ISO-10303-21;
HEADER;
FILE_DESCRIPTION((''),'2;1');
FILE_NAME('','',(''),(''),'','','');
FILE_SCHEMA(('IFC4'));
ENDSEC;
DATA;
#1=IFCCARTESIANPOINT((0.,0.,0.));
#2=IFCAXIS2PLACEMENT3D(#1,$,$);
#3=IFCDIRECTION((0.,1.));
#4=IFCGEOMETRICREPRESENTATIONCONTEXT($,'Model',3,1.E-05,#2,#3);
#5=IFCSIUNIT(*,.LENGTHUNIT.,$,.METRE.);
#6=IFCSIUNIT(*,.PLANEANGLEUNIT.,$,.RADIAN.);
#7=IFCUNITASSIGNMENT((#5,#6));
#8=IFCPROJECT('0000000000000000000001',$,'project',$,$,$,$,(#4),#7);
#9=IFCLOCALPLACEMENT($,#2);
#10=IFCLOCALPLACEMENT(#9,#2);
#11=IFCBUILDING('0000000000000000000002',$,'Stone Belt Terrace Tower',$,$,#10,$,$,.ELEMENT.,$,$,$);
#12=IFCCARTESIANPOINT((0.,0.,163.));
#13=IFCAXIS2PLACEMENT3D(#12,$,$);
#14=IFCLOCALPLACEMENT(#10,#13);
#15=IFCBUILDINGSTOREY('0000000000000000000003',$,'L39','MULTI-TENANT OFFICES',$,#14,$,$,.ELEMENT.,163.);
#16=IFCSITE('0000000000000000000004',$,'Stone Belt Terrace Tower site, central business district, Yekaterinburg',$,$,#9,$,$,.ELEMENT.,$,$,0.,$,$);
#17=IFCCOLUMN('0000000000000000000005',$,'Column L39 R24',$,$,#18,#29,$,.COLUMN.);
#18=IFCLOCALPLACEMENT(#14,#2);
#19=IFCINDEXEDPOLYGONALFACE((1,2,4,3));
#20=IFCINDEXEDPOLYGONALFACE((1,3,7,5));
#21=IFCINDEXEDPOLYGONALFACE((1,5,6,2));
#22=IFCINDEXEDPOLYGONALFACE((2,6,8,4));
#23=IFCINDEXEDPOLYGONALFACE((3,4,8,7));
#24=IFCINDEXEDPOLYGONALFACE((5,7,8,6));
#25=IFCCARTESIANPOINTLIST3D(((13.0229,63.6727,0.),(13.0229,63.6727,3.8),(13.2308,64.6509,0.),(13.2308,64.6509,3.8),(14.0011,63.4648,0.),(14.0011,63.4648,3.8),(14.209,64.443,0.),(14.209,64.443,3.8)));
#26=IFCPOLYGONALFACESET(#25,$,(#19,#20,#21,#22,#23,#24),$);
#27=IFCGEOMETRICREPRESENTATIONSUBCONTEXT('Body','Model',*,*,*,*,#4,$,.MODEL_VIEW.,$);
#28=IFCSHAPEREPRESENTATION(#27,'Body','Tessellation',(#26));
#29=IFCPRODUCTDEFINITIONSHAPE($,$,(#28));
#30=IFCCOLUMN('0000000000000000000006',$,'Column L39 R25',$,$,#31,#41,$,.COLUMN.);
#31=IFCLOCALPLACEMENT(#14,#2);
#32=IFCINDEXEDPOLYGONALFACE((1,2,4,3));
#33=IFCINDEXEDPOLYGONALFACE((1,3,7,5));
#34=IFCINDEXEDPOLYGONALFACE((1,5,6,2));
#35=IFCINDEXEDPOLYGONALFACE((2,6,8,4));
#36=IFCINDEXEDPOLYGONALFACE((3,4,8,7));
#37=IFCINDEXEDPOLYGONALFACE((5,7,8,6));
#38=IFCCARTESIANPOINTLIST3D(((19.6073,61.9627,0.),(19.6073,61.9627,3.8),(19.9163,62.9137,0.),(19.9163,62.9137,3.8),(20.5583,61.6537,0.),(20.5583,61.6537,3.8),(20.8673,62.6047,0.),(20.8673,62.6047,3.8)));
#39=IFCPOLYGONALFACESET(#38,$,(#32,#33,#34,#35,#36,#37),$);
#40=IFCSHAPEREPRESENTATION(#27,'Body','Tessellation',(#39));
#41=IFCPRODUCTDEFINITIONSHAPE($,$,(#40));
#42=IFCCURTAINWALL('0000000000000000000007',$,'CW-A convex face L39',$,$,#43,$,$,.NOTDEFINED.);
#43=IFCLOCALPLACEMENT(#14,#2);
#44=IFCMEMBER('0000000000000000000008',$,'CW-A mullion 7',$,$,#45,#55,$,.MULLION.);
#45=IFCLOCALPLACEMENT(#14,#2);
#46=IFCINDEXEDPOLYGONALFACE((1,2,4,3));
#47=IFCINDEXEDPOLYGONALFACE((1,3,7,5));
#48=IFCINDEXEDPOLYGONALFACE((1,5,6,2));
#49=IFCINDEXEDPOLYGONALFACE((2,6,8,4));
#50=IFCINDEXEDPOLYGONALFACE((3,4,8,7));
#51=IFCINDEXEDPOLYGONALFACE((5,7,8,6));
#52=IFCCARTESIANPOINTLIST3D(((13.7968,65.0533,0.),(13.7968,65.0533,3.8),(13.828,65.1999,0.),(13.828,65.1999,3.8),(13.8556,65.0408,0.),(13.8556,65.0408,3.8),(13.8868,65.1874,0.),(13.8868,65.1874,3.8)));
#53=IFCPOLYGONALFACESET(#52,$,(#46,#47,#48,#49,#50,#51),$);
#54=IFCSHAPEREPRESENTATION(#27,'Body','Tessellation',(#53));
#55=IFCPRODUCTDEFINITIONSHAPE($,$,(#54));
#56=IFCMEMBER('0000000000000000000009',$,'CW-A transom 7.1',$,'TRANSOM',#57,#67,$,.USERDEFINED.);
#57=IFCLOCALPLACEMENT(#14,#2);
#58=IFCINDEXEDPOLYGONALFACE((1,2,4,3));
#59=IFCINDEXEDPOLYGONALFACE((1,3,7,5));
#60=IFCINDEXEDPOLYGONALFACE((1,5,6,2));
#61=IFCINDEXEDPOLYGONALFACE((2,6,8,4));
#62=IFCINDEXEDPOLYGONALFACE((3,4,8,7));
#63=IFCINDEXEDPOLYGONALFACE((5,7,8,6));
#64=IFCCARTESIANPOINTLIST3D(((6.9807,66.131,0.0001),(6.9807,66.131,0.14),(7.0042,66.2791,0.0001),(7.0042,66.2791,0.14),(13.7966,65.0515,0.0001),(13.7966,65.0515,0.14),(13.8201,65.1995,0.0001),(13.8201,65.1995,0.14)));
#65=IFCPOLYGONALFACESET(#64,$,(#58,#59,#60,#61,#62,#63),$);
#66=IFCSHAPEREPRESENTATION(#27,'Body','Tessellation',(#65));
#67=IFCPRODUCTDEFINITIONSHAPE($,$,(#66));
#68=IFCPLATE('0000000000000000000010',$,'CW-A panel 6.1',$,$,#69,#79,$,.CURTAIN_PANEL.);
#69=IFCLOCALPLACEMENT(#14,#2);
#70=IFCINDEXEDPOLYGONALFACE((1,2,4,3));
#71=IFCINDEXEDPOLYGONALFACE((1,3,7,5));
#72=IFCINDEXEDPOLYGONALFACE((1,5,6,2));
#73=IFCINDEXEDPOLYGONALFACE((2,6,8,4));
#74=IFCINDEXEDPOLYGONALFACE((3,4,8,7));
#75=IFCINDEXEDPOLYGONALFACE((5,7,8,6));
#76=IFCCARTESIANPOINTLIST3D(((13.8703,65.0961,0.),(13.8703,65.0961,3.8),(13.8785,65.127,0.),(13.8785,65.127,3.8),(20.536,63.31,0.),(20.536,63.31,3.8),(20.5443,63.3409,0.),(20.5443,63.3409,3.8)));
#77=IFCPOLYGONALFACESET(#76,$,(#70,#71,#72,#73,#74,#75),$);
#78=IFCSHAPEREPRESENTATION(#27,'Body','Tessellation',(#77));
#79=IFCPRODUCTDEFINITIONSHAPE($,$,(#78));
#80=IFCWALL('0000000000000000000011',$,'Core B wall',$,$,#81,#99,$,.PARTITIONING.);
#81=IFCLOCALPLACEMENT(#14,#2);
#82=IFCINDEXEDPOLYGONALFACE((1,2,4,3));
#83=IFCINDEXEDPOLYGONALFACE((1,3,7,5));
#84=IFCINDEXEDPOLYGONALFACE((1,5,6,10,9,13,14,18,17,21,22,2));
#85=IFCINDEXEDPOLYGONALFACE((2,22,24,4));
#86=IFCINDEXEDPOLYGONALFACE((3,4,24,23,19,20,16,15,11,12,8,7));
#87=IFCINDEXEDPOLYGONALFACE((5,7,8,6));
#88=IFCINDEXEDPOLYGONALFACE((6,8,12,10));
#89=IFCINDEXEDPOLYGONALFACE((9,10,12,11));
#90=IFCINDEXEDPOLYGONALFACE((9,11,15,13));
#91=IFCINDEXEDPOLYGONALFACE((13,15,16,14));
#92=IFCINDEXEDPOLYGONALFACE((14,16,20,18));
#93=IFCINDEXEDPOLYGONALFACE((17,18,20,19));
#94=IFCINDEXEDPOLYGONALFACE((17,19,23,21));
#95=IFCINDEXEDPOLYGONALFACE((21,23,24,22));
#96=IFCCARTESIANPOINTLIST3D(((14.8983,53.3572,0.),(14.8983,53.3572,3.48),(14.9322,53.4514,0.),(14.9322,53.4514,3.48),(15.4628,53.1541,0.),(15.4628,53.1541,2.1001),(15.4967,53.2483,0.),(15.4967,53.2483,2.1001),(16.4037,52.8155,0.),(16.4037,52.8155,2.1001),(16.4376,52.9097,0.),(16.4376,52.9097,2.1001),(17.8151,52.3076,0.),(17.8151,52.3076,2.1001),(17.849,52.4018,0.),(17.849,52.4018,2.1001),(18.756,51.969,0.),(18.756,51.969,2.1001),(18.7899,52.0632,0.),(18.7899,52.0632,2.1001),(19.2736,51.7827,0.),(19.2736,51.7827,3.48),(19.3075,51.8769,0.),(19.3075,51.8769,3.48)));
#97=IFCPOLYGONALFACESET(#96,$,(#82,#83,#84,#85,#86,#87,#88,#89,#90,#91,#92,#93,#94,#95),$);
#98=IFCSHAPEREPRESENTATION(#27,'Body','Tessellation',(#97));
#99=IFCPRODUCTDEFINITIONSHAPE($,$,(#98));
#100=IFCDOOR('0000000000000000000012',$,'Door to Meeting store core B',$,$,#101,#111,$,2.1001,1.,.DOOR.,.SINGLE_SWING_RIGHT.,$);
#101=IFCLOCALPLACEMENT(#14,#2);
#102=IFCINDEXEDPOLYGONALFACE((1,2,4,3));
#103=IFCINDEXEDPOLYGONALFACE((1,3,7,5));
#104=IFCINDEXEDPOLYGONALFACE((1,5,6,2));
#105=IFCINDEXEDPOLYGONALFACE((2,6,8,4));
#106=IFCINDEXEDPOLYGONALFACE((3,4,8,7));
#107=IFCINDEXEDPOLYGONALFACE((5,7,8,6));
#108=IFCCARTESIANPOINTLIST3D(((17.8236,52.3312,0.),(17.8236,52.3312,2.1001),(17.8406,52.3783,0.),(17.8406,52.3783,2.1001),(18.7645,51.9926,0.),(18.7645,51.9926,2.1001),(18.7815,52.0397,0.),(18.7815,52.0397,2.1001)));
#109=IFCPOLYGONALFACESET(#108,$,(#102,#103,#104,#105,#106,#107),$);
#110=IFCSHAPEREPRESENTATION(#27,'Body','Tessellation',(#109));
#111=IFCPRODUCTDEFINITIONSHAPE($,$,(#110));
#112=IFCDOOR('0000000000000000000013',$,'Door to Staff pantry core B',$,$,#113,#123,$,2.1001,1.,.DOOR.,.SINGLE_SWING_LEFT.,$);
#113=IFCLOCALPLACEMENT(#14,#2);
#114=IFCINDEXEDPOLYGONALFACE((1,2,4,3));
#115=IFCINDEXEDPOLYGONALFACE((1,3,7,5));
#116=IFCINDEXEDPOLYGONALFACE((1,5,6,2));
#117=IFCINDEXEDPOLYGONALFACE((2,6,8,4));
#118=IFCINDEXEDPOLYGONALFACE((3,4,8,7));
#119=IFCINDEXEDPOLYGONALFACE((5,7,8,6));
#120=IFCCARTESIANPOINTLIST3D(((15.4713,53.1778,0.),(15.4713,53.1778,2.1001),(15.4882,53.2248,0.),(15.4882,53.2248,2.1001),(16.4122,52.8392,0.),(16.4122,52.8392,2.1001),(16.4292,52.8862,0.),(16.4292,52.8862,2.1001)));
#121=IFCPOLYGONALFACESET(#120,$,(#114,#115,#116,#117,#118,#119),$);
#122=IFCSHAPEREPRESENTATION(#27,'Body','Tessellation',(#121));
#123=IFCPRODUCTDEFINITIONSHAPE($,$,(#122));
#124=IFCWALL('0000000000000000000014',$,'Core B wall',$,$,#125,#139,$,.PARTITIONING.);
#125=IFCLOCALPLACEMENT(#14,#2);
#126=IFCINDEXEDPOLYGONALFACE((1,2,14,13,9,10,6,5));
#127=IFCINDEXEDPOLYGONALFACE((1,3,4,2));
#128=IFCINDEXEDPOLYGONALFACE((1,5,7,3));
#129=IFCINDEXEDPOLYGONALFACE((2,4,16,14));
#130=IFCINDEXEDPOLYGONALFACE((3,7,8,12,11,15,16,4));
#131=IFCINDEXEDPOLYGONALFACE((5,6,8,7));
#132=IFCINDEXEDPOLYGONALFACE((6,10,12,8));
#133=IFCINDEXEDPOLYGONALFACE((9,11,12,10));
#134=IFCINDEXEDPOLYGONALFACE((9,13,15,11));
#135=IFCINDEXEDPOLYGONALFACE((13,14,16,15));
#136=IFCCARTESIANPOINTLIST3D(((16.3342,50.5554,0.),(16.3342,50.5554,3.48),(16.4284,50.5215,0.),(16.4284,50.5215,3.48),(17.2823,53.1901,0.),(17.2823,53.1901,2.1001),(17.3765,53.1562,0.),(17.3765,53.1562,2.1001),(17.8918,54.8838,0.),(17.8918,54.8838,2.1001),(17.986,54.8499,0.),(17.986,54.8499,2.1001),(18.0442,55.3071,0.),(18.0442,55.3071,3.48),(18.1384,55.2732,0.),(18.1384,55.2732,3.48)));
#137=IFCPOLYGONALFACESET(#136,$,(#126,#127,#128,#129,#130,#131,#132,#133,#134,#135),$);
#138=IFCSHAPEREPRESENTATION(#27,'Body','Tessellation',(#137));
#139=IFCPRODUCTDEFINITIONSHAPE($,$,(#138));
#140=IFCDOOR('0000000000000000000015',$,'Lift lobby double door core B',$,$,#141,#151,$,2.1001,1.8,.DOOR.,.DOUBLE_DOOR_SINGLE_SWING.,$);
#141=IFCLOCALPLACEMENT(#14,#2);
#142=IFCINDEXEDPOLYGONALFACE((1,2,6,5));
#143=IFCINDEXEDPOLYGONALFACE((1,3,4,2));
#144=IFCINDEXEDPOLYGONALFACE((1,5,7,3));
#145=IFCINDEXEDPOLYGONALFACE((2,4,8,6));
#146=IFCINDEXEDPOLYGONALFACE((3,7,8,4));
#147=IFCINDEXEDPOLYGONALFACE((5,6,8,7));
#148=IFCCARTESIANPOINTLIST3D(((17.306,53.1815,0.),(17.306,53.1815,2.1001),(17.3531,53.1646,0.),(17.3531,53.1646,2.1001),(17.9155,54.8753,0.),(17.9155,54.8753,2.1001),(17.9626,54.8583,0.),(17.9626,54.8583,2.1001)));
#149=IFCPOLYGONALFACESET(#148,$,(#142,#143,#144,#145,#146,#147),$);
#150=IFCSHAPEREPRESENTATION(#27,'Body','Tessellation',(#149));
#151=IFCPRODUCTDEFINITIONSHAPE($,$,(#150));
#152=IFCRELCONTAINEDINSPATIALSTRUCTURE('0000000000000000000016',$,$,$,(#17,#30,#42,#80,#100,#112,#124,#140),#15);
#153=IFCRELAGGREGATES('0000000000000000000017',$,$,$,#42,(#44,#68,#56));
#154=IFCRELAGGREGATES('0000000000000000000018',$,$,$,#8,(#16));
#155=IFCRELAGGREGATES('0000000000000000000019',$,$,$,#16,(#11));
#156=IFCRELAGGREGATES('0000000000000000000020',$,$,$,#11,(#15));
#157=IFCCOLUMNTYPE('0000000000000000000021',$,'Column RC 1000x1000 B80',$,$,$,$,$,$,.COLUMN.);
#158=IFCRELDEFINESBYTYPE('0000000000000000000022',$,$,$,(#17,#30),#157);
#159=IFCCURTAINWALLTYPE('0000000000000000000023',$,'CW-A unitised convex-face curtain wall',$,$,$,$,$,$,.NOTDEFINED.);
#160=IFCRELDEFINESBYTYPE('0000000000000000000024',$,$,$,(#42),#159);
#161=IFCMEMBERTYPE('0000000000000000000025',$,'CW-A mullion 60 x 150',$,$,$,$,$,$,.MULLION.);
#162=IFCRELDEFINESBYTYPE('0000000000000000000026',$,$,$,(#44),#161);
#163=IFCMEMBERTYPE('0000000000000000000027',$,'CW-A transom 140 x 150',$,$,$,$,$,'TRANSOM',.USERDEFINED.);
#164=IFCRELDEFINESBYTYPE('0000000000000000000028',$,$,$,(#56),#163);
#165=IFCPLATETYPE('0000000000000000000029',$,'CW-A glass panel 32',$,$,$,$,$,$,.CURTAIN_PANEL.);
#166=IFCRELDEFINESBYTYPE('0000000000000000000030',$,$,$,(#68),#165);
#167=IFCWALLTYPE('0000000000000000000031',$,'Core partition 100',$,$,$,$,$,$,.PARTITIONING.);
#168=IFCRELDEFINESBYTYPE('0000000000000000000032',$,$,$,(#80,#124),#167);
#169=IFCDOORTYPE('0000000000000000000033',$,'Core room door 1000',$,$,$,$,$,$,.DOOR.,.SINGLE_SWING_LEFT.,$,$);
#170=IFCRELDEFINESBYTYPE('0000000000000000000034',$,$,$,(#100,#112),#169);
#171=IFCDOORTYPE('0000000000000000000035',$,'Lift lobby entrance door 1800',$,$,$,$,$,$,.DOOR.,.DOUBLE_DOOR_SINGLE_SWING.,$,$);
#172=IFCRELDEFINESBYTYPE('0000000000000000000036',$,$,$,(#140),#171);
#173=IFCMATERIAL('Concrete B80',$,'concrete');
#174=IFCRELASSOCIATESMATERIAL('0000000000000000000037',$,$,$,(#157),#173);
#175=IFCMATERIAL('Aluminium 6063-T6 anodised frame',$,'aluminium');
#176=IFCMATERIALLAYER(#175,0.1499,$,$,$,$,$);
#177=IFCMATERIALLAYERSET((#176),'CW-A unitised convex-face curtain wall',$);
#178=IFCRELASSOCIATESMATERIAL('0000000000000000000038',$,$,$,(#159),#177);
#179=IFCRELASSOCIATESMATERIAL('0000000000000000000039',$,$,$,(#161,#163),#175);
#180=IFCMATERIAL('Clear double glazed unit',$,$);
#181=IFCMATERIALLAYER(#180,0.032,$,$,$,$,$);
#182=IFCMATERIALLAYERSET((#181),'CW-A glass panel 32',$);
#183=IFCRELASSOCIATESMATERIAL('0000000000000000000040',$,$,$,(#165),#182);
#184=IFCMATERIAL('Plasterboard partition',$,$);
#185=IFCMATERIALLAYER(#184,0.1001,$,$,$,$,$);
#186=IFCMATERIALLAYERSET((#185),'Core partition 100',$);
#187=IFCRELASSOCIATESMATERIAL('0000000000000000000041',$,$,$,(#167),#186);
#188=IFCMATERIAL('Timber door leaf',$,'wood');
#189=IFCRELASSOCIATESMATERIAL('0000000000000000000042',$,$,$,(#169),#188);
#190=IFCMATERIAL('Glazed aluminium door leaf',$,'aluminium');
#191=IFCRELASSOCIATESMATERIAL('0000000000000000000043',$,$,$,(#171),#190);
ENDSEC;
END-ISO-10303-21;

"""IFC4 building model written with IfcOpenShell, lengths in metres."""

from ifc_helpers import new_model, si_unit, direction, frame, frame_2d, origin, origin_2d, place, context, subcontext, project, spatial, rectangle, extrude, material, layer, layer_set, material_profile, profile_set, type_object, element, fill, aggregate, save


model = new_model("IFC4")

# Units and contexts
model_context = context("Model", 3, precision=1e-05, world=origin(), true_north=direction((0.0, 1.0)))
body_context = subcontext(model_context, "Body", "Model", "MODEL_VIEW")
ifc_project = project(units=[si_unit("LENGTHUNIT", "METRE"), si_unit("PLANEANGLEUNIT", "RADIAN")], contexts=[model_context])

# Site, building, storey
site_placement = place(None, origin())
site = spatial("IfcSite", under=ifc_project, at=site_placement, Name="Stone Belt Terrace Tower site, central business district, Yekaterinburg", CompositionType="ELEMENT", RefElevation=0.0)
building_placement = place(site_placement, origin())
building = spatial("IfcBuilding", under=site, at=building_placement, Name="Stone Belt Terrace Tower", CompositionType="ELEMENT")
storey_placement = place(building_placement, frame((0.0, 0.0, 163.0)))
storey = spatial("IfcBuildingStorey", under=building, at=storey_placement, Name="L39", Description="MULTI-TENANT OFFICES", CompositionType="ELEMENT", Elevation=163.0)

# Columns
ifc_material_1 = material(Name="Concrete B80", Category="concrete")
ifc_material_profile_1 = material_profile(ifc_material_1, rectangle(XDim=1.0, YDim=1.0, at=origin_2d()), Name="RC 1000x1000")
ifc_profile_set_1 = profile_set([ifc_material_profile_1], Name="Concrete B80")
column_type = type_object("IfcColumnType", Name="Column RC 1000x1000 B80", PredefinedType="COLUMN", material=ifc_profile_set_1)
for number, where, z_axis, x_axis, name in (
    (1, (13.616, 64.0579, 0.0), (0.0, 0.0, 1.0), (0.978148, -0.207912, 0.0), "Column L39 R24"),
    (2, (20.2373, 62.2837, 0.0), (0.0, 0.0, 1.0), (0.951057, -0.309017, 0.0), "Column L39 R25"),
):
    element("IfcColumn", number, at=place(storey_placement, frame(where, z_axis=z_axis, x_axis=x_axis)), inside=storey, type_object=column_type, Name=name, PredefinedType="COLUMN", context=body_context, shape_type="SweptSolid", body=[
        extrude(rectangle(XDim=1.0, YDim=1.0, at=origin_2d()), origin(), (0.0, 0.0, 1.0), 3.8),
    ])

# Curtain wall, members, plate
ifc_material_2 = material(Name="Aluminium 6063-T6 anodised frame", Category="aluminium")
ifc_layer_1 = layer(ifc_material_2, 0.1499)
ifc_layer_set_1 = layer_set([ifc_layer_1], Name="CW-A unitised convex-face curtain wall")
curtain_wall_type = type_object("IfcCurtainWallType", Name="CW-A unitised convex-face curtain wall", PredefinedType="NOTDEFINED", material=ifc_layer_set_1)
curtain_wall_placement = place(storey_placement, origin())
curtain_wall = element("IfcCurtainWall", 3, at=curtain_wall_placement, inside=storey, type_object=curtain_wall_type, Name="CW-A convex face L39", PredefinedType="NOTDEFINED")
ifc_material_profile_2 = material_profile(ifc_material_2, rectangle(XDim=0.1499, YDim=0.0601, at=origin_2d()), Name="Aluminium 6063-T6 60x150")
ifc_profile_set_2 = profile_set([ifc_material_profile_2], Name="Aluminium 6063-T6 anodised frame")
member_type_1 = type_object("IfcMemberType", Name="CW-A mullion 60 x 150", PredefinedType="MULLION", material=ifc_profile_set_2)
member_1_placement = place(storey_placement, frame((13.8418, 65.1204, 0.0), z_axis=(0.0, 0.0, 1.0), x_axis=(-0.207912, -0.978148, 0.0)))
member_1 = element("IfcMember", 4, at=member_1_placement, type_object=member_type_1, Name="CW-A mullion 7", PredefinedType="MULLION", context=body_context, shape_type="SweptSolid", body=[
    extrude(rectangle(XDim=0.1499, YDim=0.0601, at=origin_2d()), origin(), (0.0, 0.0, 1.0), 3.8),
])
ifc_material_profile_3 = material_profile(ifc_material_2, rectangle(XDim=0.1499, YDim=0.1399, at=origin_2d()), Name="Aluminium 6063-T6 150x140")
ifc_profile_set_3 = profile_set([ifc_material_profile_3], Name="Aluminium 6063-T6 anodised frame")
member_type_2 = type_object("IfcMemberType", Name="CW-A transom 140 x 150", ElementType="TRANSOM", PredefinedType="USERDEFINED", material=ifc_profile_set_3)
member_2_placement = place(storey_placement, frame((13.8083, 65.1255, 0.0701), z_axis=(-0.987687, 0.156442, 0.0), x_axis=(-0.156442, -0.987687, 0.0)))
member_2 = element("IfcMember", 5, at=member_2_placement, type_object=member_type_2, Name="CW-A transom 7.1", ObjectType="TRANSOM", PredefinedType="USERDEFINED", context=body_context, shape_type="SweptSolid", body=[
    extrude(rectangle(XDim=0.1499, YDim=0.1399, at=origin_2d()), origin(), (0.0, 0.0, 1.0), 6.9009),
])
ifc_material_3 = material(Name="Clear double glazed unit")
ifc_layer_2 = layer(ifc_material_3, 0.032)
ifc_layer_set_2 = layer_set([ifc_layer_2], Name="CW-A glass panel 32")
plate_type = type_object("IfcPlateType", Name="CW-A glass panel 32", PredefinedType="CURTAIN_PANEL", material=ifc_layer_set_2)
plate_placement = place(storey_placement, frame((17.2073, 64.2185, 0.0), z_axis=(0.0, 0.0, 1.0), x_axis=(-0.965926, 0.258819, 0.0)))
plate = element("IfcPlate", 6, at=plate_placement, type_object=plate_type, Name="CW-A panel 6.1", PredefinedType="CURTAIN_PANEL", context=body_context, shape_type="SweptSolid", body=[
    extrude(rectangle(XDim=6.9009, YDim=0.032, at=origin_2d()), origin(), (0.0, 0.0, 1.0), 3.8),
])
aggregate(curtain_wall, [member_1, plate, member_2])

# Wall, openings, doors
ifc_material_4 = material(Name="Plasterboard partition")
ifc_layer_3 = layer(ifc_material_4, 0.1001)
ifc_layer_set_3 = layer_set([ifc_layer_3], Name="Core partition 100")
wall_type_1 = type_object("IfcWallType", Name="Core partition 100", PredefinedType="PARTITIONING", material=ifc_layer_set_3)
wall_1_placement = place(storey_placement, frame((19.2905, 51.8298, 0.0), z_axis=(0.0, 0.0, 1.0), x_axis=(-0.94093, 0.3386, 0.0)))
wall_1 = element("IfcWall", 7, at=wall_1_placement, inside=storey, type_object=wall_type_1, Name="Core B wall", PredefinedType="PARTITIONING", context=body_context, shape_type="SweptSolid", body=[
    extrude(rectangle(XDim=4.6499, YDim=0.1001, at=frame_2d((2.325, 0.0))), origin(), (0.0, 0.0, 1.0), 3.48),
])
opening_1_placement = place(wall_1_placement, frame((0.55, 0.0, 0.0)))
opening_1 = element("IfcOpeningElement", 8, at=opening_1_placement, cuts=wall_1, PredefinedType="OPENING", context=body_context, shape_type="SweptSolid", body=[
    extrude(rectangle(XDim=1.0, YDim=2.1001, at=frame_2d((0.5, 1.05))), frame((0.0, 0.0601, 0.0), z_axis=(0.0, -1.0, 0.0), x_axis=(1.0, 0.0, 0.0)), (0.0, 0.0, 1.0), 0.1201),
])
opening_2_placement = place(wall_1_placement, frame((3.05, 0.0, 0.0)))
opening_2 = element("IfcOpeningElement", 9, at=opening_2_placement, cuts=wall_1, PredefinedType="OPENING", context=body_context, shape_type="SweptSolid", body=[
    extrude(rectangle(XDim=1.0, YDim=2.1001, at=frame_2d((0.5, 1.05))), frame((0.0, 0.0601, 0.0), z_axis=(0.0, -1.0, 0.0), x_axis=(1.0, 0.0, 0.0)), (0.0, 0.0, 1.0), 0.1201),
])
ifc_material_5 = material(Name="Timber door leaf", Category="wood")
door_type_1 = type_object("IfcDoorType", Name="Core room door 1000", OperationType="SINGLE_SWING_LEFT", PredefinedType="DOOR", material=ifc_material_5)
door_1_placement = place(opening_1_placement, origin())
door_1 = element("IfcDoor", 10, at=door_1_placement, inside=storey, type_object=door_type_1, Name="Door to Meeting store core B", OperationType="SINGLE_SWING_RIGHT", OverallHeight=2.1001, OverallWidth=1.0, PredefinedType="DOOR", context=body_context, shape_type="SweptSolid", body=[
    extrude(rectangle(XDim=1.0, YDim=2.1001, at=frame_2d((0.5, 1.05))), frame((0.0, 0.0249, 0.0), z_axis=(0.0, -1.0, 0.0), x_axis=(1.0, 0.0, 0.0)), (0.0, 0.0, 1.0), 0.05),
])
fill(opening_1, door_1)
door_2_placement = place(opening_2_placement, origin())
door_2 = element("IfcDoor", 11, at=door_2_placement, inside=storey, type_object=door_type_1, Name="Door to Staff pantry core B", OperationType="SINGLE_SWING_LEFT", OverallHeight=2.1001, OverallWidth=1.0, PredefinedType="DOOR", context=body_context, shape_type="SweptSolid", body=[
    extrude(rectangle(XDim=1.0, YDim=2.1001, at=frame_2d((0.5, 1.05))), frame((0.0, 0.0249, 0.0), z_axis=(0.0, -1.0, 0.0), x_axis=(1.0, 0.0, 0.0)), (0.0, 0.0, 1.0), 0.05),
])
fill(opening_2, door_2)

# Wall, opening, door
wall_2_placement = place(storey_placement, frame((16.3813, 50.5386, 0.0), z_axis=(0.0, 0.0, 1.0), x_axis=(0.338605, 0.940929, 0.0)))
wall_2 = element("IfcWall", 12, at=wall_2_placement, inside=storey, type_object=wall_type_1, Name="Core B wall", PredefinedType="PARTITIONING", context=body_context, shape_type="SweptSolid", body=[
    extrude(rectangle(XDim=5.05, YDim=0.1001, at=frame_2d((2.5249, 0.0))), origin(), (0.0, 0.0, 1.0), 3.48),
])
opening_3_placement = place(wall_2_placement, frame((2.8, 0.0, 0.0)))
opening_3 = element("IfcOpeningElement", 13, at=opening_3_placement, cuts=wall_2, PredefinedType="OPENING", context=body_context, shape_type="SweptSolid", body=[
    extrude(rectangle(XDim=1.8, YDim=2.1001, at=frame_2d((0.8999, 1.05))), frame((0.0, 0.0601, 0.0), z_axis=(0.0, -1.0, 0.0), x_axis=(1.0, 0.0, 0.0)), (0.0, 0.0, 1.0), 0.1201),
])
ifc_material_6 = material(Name="Glazed aluminium door leaf", Category="aluminium")
door_type_2 = type_object("IfcDoorType", Name="Lift lobby entrance door 1800", OperationType="DOUBLE_DOOR_SINGLE_SWING", PredefinedType="DOOR", material=ifc_material_6)
door_3_placement = place(opening_3_placement, origin())
door_3 = element("IfcDoor", 14, at=door_3_placement, inside=storey, type_object=door_type_2, Name="Lift lobby double door core B", OperationType="DOUBLE_DOOR_SINGLE_SWING", OverallHeight=2.1001, OverallWidth=1.8, PredefinedType="DOOR", context=body_context, shape_type="SweptSolid", body=[
    extrude(rectangle(XDim=1.8, YDim=2.1001, at=frame_2d((0.8999, 1.05))), frame((0.0, 0.0249, 0.0), z_axis=(0.0, -1.0, 0.0), x_axis=(1.0, 0.0, 0.0)), (0.0, 0.0, 1.0), 0.05),
])
fill(opening_3, door_3)

save(model, "model.ifc")
